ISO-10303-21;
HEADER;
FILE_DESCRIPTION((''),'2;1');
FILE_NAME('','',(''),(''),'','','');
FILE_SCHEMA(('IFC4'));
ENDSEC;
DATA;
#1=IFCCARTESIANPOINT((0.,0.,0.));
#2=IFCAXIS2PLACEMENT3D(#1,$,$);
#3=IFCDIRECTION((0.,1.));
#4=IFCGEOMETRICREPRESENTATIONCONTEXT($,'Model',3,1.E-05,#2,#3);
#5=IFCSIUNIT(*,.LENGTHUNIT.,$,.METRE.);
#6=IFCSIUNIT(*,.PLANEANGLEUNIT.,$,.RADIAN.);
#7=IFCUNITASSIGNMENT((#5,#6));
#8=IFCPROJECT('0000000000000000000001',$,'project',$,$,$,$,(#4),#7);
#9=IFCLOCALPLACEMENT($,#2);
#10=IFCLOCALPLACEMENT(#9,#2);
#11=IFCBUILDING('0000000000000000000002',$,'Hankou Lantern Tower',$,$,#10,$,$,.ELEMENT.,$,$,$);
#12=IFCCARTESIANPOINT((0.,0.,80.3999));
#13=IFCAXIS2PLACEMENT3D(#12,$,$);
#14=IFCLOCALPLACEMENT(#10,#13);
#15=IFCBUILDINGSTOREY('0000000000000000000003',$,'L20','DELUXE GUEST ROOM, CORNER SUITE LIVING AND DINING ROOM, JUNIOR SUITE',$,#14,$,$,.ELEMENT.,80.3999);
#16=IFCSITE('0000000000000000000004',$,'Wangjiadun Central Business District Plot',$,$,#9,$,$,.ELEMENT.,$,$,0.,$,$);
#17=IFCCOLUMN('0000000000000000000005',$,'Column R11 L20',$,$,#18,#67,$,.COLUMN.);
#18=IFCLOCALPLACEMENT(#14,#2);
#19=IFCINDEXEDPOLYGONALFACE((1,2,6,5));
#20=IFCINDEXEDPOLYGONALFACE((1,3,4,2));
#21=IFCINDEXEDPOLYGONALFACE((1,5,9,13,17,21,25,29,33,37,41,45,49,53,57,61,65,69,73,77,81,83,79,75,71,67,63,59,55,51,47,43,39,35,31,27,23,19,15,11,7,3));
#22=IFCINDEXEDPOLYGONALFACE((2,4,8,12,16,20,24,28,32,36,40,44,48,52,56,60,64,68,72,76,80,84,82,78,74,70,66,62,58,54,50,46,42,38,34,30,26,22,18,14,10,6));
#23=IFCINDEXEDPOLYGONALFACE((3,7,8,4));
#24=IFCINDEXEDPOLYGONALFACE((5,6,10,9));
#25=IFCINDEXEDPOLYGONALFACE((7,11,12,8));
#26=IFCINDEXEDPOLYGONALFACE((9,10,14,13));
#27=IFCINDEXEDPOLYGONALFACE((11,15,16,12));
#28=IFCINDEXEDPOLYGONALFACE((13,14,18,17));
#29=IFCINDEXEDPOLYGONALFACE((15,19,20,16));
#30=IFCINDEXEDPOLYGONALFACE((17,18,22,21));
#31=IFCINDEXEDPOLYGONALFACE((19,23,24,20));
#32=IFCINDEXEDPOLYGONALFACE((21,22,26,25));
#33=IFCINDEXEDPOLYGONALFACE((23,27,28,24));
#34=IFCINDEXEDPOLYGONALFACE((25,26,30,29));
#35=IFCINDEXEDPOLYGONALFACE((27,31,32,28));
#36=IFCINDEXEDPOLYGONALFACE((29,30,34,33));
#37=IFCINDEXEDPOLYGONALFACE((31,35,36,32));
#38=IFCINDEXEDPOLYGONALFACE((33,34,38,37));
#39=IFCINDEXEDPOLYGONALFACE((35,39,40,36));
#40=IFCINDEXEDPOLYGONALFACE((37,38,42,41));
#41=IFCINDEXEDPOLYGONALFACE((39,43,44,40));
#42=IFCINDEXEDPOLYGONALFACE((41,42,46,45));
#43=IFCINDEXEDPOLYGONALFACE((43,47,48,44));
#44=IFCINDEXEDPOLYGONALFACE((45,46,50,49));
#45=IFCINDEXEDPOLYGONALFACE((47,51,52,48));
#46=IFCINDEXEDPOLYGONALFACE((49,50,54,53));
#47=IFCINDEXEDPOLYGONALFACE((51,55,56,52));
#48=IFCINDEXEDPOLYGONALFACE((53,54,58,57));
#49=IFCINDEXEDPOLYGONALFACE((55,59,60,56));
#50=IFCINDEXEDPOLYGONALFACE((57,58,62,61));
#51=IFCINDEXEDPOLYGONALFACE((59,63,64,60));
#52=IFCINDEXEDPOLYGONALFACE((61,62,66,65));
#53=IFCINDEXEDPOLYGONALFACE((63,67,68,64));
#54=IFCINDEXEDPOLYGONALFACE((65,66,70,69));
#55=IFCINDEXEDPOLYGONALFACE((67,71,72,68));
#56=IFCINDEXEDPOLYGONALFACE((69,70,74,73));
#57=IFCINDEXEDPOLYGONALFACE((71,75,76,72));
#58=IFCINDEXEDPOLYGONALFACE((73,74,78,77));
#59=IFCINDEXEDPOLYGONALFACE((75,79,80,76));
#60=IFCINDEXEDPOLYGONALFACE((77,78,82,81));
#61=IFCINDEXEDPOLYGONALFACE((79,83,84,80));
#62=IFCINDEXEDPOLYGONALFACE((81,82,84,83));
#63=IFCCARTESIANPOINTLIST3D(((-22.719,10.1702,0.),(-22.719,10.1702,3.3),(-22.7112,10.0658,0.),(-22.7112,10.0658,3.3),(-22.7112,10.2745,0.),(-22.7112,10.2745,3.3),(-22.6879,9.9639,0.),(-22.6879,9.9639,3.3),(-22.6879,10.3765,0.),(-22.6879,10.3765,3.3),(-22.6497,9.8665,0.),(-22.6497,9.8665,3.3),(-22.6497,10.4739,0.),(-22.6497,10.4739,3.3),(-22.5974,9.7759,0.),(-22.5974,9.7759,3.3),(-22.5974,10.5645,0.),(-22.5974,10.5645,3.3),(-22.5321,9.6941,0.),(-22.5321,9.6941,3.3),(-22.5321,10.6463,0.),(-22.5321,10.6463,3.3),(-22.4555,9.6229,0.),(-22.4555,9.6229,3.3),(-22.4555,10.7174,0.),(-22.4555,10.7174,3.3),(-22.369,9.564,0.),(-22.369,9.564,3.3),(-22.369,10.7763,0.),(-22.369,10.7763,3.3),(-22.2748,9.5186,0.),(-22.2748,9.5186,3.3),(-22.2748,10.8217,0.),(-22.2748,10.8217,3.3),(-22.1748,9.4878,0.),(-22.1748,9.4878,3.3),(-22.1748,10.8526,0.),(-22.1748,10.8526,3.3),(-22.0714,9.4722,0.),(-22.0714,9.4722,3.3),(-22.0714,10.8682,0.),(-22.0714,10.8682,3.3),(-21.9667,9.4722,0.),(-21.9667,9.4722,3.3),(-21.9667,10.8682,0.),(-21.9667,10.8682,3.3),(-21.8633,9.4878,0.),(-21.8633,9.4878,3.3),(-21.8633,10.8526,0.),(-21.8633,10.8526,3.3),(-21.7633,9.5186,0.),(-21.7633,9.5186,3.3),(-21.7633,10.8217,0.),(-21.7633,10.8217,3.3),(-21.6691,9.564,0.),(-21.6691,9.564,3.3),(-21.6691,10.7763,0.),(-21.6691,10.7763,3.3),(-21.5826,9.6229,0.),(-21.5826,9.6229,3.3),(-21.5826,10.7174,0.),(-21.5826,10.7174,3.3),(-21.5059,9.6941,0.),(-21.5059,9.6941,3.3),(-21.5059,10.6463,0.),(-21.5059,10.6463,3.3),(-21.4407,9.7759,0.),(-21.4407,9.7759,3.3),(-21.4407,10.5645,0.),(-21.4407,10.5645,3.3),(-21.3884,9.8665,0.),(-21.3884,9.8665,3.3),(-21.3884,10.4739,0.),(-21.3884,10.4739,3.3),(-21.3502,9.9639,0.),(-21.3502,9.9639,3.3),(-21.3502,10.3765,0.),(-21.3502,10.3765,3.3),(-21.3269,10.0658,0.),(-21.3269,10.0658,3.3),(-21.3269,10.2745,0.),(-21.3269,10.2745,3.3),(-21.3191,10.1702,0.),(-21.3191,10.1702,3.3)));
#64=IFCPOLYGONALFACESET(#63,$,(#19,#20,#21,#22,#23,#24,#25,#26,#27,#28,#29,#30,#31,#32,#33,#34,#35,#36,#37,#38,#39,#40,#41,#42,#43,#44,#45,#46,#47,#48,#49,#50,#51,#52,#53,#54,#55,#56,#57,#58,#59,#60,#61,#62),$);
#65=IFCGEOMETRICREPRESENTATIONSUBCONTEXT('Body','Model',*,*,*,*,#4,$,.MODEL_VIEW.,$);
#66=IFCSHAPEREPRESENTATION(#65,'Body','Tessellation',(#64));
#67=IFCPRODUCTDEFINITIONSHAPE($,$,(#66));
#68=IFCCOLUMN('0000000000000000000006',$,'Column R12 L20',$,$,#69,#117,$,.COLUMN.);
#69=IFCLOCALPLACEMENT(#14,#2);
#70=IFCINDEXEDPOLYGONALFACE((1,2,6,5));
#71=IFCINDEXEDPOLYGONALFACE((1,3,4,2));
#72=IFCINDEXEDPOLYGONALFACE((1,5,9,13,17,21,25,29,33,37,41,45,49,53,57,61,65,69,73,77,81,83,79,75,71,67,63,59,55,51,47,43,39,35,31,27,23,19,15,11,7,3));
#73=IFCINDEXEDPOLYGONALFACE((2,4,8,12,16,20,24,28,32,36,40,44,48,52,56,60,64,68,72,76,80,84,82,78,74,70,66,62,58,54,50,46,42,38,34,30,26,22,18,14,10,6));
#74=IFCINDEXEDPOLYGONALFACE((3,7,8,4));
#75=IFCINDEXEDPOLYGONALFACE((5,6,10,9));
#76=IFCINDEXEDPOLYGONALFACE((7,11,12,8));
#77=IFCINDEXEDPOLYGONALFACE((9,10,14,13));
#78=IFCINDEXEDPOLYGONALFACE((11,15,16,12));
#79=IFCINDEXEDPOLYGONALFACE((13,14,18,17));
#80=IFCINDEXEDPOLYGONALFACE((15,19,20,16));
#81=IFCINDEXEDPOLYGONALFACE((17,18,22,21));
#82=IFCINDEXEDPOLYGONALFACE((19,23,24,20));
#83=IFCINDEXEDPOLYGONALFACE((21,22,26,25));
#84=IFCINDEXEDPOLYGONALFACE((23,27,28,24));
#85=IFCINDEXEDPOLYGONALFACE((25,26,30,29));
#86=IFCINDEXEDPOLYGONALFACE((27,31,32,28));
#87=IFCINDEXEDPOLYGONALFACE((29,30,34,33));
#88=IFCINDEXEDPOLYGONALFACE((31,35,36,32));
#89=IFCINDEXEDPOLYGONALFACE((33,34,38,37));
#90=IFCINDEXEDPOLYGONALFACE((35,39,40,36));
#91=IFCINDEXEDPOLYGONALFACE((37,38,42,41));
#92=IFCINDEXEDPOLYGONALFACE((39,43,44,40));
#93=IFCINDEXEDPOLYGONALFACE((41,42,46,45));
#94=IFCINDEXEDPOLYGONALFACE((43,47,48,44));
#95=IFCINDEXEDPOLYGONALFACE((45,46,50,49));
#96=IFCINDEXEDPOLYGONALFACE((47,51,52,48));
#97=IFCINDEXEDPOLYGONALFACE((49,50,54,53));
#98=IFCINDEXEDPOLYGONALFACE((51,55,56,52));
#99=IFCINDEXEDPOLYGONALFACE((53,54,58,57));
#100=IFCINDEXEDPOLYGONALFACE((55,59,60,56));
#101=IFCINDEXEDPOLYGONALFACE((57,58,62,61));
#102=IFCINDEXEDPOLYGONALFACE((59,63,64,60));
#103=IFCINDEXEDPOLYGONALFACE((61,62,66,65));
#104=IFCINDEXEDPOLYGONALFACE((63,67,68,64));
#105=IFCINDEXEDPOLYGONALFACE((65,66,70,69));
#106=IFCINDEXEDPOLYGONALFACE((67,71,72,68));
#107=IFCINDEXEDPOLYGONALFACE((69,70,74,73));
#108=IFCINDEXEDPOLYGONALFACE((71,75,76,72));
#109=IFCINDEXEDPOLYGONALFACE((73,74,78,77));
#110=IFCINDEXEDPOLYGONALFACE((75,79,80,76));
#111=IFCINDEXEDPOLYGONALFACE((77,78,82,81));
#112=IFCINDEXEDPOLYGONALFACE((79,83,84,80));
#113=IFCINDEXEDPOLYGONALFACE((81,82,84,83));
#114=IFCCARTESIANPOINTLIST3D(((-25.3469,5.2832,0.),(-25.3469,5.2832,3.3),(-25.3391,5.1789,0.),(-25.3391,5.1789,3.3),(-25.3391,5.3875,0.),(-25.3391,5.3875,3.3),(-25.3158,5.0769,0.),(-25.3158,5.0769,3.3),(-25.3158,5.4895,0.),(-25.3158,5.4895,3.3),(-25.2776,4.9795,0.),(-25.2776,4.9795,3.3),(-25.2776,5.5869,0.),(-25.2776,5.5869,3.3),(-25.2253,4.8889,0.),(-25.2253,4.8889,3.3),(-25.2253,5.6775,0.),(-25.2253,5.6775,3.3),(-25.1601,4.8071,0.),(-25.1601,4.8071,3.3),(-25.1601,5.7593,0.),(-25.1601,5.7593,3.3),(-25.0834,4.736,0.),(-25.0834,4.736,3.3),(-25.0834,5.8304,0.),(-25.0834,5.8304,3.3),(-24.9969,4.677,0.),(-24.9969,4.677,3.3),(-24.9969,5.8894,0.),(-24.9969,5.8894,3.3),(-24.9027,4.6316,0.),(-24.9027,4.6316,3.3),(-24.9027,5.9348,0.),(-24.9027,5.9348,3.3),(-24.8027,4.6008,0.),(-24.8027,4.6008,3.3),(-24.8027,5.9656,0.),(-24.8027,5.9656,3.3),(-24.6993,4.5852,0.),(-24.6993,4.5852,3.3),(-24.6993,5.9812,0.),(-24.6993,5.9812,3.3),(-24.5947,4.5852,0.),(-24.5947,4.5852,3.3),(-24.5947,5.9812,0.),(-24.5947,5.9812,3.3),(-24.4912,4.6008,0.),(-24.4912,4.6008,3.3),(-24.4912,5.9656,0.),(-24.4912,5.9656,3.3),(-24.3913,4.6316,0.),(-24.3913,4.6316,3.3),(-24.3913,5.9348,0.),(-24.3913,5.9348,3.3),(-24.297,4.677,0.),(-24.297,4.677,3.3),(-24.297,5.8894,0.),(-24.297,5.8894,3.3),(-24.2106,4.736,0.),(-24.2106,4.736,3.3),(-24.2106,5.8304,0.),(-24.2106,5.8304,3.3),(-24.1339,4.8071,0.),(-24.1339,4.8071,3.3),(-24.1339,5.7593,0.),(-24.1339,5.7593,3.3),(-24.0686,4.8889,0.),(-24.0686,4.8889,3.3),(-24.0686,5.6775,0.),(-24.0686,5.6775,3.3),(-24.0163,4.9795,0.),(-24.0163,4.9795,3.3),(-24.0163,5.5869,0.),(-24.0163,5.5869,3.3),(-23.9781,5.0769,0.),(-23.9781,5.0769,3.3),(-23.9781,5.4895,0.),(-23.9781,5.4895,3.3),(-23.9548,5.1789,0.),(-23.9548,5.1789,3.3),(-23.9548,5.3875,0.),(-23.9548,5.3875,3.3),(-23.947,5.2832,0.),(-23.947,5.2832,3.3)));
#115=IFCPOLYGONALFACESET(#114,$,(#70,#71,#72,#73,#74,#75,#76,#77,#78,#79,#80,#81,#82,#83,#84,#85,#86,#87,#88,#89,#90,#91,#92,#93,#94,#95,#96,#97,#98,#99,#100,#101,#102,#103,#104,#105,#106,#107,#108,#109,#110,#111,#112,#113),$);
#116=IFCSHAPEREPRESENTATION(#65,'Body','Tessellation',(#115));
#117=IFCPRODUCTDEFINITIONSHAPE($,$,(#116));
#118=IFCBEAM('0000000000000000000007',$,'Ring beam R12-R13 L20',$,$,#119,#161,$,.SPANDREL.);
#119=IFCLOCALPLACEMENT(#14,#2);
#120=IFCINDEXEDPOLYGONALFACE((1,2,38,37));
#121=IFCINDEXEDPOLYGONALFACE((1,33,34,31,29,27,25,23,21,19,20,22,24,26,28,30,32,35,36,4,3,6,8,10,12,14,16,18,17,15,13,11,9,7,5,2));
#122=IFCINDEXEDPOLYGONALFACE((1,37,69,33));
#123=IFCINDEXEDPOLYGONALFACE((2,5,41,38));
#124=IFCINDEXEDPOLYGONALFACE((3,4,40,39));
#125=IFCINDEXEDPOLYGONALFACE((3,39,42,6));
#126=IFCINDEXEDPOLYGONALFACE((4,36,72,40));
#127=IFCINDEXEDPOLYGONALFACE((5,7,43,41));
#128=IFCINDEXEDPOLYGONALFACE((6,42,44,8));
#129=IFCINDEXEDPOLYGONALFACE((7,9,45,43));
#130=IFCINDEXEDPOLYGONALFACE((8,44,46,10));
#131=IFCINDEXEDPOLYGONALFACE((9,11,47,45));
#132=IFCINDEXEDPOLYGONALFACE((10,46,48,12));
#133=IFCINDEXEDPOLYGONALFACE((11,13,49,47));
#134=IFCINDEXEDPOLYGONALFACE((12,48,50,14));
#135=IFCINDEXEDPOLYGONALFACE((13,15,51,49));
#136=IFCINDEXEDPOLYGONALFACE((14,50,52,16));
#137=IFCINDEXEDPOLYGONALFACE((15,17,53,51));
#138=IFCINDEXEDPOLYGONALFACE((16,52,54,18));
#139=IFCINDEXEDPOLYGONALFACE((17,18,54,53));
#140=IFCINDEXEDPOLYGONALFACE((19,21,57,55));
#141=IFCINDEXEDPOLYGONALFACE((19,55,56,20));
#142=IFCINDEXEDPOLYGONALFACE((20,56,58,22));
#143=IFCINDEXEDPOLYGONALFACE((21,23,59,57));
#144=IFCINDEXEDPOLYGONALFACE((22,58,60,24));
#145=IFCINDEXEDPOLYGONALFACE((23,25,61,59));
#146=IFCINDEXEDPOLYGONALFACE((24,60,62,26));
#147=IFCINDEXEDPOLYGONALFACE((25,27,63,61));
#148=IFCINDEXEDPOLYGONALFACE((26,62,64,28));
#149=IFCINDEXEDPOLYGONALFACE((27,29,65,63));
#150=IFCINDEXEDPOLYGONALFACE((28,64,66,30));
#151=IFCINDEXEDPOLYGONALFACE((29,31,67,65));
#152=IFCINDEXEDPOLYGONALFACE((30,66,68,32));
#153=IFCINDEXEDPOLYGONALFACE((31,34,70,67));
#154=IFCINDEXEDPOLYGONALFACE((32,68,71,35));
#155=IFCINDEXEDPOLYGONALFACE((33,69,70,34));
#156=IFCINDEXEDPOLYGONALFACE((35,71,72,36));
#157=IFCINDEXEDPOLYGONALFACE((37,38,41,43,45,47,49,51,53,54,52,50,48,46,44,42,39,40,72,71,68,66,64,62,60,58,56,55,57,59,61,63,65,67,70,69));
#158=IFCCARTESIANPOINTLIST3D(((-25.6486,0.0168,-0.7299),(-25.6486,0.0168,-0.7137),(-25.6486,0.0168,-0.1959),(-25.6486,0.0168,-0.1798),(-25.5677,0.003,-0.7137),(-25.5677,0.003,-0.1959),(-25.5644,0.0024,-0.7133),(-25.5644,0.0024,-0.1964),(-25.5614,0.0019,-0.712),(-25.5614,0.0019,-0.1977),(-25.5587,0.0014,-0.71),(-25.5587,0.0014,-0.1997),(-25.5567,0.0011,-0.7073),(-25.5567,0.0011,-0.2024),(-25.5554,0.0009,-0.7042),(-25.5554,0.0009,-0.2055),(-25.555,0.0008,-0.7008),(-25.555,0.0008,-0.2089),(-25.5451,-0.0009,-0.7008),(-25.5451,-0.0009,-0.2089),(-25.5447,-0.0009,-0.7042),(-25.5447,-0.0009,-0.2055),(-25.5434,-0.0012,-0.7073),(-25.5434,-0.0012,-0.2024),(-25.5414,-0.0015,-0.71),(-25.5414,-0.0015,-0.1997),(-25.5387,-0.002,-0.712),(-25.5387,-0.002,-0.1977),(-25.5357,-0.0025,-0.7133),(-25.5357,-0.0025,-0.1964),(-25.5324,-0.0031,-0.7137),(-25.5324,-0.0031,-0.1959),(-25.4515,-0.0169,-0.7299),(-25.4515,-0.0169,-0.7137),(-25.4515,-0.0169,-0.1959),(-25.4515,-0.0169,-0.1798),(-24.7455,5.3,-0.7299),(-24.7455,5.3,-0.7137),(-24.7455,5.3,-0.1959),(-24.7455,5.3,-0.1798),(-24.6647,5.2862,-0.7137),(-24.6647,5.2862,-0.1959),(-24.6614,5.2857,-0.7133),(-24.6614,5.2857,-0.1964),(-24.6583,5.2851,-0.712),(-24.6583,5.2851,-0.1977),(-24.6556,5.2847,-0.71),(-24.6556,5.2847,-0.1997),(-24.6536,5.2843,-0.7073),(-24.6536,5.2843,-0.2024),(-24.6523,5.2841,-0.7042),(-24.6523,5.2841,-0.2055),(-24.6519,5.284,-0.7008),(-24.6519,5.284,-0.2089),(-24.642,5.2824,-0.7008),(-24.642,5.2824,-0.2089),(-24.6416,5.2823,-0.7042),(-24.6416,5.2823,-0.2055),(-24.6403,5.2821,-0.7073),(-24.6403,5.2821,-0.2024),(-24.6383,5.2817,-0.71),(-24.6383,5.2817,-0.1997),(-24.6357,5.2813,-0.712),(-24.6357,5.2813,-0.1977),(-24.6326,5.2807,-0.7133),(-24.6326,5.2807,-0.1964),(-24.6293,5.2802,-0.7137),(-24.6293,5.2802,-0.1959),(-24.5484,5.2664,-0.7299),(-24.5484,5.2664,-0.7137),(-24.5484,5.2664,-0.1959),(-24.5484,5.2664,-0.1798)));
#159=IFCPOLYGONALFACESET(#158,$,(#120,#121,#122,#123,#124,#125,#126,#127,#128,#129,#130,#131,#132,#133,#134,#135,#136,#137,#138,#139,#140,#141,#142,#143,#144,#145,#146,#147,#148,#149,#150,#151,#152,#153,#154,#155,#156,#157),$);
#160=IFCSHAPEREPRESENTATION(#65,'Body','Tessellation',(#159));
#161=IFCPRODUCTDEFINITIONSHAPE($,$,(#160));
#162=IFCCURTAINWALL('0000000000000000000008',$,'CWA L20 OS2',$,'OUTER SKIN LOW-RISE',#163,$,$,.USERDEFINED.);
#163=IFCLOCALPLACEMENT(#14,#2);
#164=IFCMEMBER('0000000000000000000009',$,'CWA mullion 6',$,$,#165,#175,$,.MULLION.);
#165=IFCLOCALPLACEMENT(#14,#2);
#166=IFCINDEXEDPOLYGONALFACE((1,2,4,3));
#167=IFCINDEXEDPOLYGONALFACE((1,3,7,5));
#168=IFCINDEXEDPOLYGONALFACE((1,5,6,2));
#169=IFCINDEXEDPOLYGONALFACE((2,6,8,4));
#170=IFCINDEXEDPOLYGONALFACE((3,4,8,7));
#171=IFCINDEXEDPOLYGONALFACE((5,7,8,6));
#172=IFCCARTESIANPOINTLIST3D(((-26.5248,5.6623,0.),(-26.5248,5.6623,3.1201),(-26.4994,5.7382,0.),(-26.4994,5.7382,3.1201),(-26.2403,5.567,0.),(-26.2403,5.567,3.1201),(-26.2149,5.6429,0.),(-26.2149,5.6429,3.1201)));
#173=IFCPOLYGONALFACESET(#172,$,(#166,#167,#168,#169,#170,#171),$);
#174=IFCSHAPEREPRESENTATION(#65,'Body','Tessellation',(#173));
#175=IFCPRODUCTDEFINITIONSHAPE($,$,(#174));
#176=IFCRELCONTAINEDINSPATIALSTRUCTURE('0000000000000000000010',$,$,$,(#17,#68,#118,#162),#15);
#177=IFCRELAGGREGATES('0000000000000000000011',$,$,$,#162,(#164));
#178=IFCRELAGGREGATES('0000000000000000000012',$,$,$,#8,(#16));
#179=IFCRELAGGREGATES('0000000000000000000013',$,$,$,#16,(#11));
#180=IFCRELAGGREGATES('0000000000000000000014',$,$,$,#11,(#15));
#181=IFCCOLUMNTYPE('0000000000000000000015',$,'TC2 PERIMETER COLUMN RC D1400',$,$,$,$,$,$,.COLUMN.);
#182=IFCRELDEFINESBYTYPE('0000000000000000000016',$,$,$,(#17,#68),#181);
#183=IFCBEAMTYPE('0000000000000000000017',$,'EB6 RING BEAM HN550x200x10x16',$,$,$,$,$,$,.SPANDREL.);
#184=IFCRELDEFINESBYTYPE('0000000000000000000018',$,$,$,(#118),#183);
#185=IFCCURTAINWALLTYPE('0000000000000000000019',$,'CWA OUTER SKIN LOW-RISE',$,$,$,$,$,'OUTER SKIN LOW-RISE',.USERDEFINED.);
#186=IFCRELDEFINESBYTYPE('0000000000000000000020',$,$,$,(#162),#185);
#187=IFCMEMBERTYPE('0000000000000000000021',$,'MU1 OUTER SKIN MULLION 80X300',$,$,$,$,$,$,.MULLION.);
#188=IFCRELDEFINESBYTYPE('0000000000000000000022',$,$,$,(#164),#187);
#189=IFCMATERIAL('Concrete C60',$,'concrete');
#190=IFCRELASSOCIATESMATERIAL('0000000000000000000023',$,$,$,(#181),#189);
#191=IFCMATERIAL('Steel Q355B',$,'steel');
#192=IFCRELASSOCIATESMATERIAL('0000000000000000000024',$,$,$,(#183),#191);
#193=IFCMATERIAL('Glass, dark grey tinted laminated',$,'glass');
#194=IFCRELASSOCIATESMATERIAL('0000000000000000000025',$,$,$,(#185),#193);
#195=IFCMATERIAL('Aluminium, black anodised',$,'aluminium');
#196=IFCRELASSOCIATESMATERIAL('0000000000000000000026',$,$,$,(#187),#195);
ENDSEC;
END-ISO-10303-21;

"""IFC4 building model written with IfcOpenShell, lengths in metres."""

from ifc_helpers import new_model, si_unit, direction, frame, origin, origin_2d, place, context, subcontext, project, spatial, rectangle, circle, i_section, extrude, material, material_profile, profile_set, type_object, element, aggregate, save


model = new_model("IFC4")

# Units and contexts
model_context = context("Model", 3, precision=1e-05, world=origin(), true_north=direction((0.0, 1.0)))
body_context = subcontext(model_context, "Body", "Model", "MODEL_VIEW")
ifc_project = project(units=[si_unit("LENGTHUNIT", "METRE"), si_unit("PLANEANGLEUNIT", "RADIAN")], contexts=[model_context])

# Site, building, storey
site_placement = place(None, origin())
site = spatial("IfcSite", under=ifc_project, at=site_placement, Name="Wangjiadun Central Business District Plot", CompositionType="ELEMENT", RefElevation=0.0)
building_placement = place(site_placement, origin())
building = spatial("IfcBuilding", under=site, at=building_placement, Name="Hankou Lantern Tower", CompositionType="ELEMENT")
storey_placement = place(building_placement, frame((0.0, 0.0, 80.3999)))
storey = spatial("IfcBuildingStorey", under=building, at=storey_placement, Name="L20", Description="DELUXE GUEST ROOM, CORNER SUITE LIVING AND DINING ROOM, JUNIOR SUITE", CompositionType="ELEMENT", Elevation=80.3999)

# Columns
ifc_material_1 = material(Name="Concrete C60", Category="concrete")
ifc_material_profile_1 = material_profile(ifc_material_1, circle(Radius=0.7, at=origin_2d()), Name="RC D1400")
ifc_profile_set_1 = profile_set([ifc_material_profile_1], Name="Concrete C60")
column_type = type_object("IfcColumnType", Name="TC2 PERIMETER COLUMN RC D1400", PredefinedType="COLUMN", material=ifc_profile_set_1)
for number, where, z_axis, x_axis, name in (
    (1, (-22.019, 10.1702, 0.0), (0.0, 0.0, 1.0), (1.0, 0.0, 0.0), "Column R11 L20"),
    (2, (-24.647, 5.2832, 0.0), (0.0, 0.0, 1.0), (1.0, 0.0, 0.0), "Column R12 L20"),
):
    element("IfcColumn", number, at=place(storey_placement, frame(where, z_axis=z_axis, x_axis=x_axis)), inside=storey, type_object=column_type, Name=name, PredefinedType="COLUMN", context=body_context, shape_type="SweptSolid", body=[
        extrude(circle(Radius=0.7, at=origin_2d()), origin(), (0.0, 0.0, 1.0), 3.3),
    ])

# Beam
ifc_material_2 = material(Name="Steel Q355B", Category="steel")
ifc_material_profile_2 = material_profile(ifc_material_2, i_section(OverallWidth=0.2, OverallDepth=0.55, WebThickness=0.01, FlangeThickness=0.0161, FilletRadius=0.0129, at=origin_2d()), Name="HN550x200x10x16")
ifc_profile_set_2 = profile_set([ifc_material_profile_2], Name="Steel Q355B")
beam_type_1 = type_object("IfcBeamType", Name="EB6 RING BEAM HN550x200x10x16", PredefinedType="SPANDREL", material=ifc_profile_set_2)
beam_1_placement = place(storey_placement, frame((-24.647, 5.2832, -0.4548), z_axis=(-0.16849, -0.985703, 0.0), x_axis=(0.985703, -0.16849, 0.0)))
element("IfcBeam", 3, at=beam_1_placement, inside=storey, type_object=beam_type_1, Name="Ring beam R12-R13 L20", PredefinedType="SPANDREL", context=body_context, shape_type="SweptSolid", body=[
    extrude(i_section(OverallWidth=0.2, OverallDepth=0.55, WebThickness=0.01, FlangeThickness=0.0161, FilletRadius=0.0129, at=origin_2d()), origin(), (0.0, 0.0, 1.0), 5.3599),
])

# Curtain wall, member
ifc_material_3 = material(Name="Glass, dark grey tinted laminated", Category="glass")
curtain_wall_type = type_object("IfcCurtainWallType", Name="CWA OUTER SKIN LOW-RISE", ElementType="OUTER SKIN LOW-RISE", PredefinedType="USERDEFINED", material=ifc_material_3)
curtain_wall_placement = place(storey_placement, origin())
curtain_wall = element("IfcCurtainWall", 4, at=curtain_wall_placement, inside=storey, type_object=curtain_wall_type, Name="CWA L20 OS2", ObjectType="OUTER SKIN LOW-RISE", PredefinedType="USERDEFINED")
ifc_material_4 = material(Name="Aluminium, black anodised", Category="aluminium")
ifc_material_profile_3 = material_profile(ifc_material_4, rectangle(XDim=0.0801, YDim=0.3, at=origin_2d()), Name="MU1 80X300")
ifc_profile_set_3 = profile_set([ifc_material_profile_3], Name="Aluminium, black anodised")
member_type_1 = type_object("IfcMemberType", Name="MU1 OUTER SKIN MULLION 80X300", PredefinedType="MULLION", material=ifc_profile_set_3)
member_1_placement = place(storey_placement, frame((-26.3699, 5.6526, 0.0), z_axis=(0.0, 0.0, 1.0), x_axis=(-0.317596, -0.948226, 0.0)))
member_1 = element("IfcMember", 5, at=member_1_placement, type_object=member_type_1, Name="CWA mullion 6", PredefinedType="MULLION", context=body_context, shape_type="SweptSolid", body=[
    extrude(rectangle(XDim=0.0801, YDim=0.3, at=origin_2d()), origin(), (0.0, 0.0, 1.0), 3.1201),
])

aggregate(curtain_wall, [member_1])

save(model, "model.ifc")
